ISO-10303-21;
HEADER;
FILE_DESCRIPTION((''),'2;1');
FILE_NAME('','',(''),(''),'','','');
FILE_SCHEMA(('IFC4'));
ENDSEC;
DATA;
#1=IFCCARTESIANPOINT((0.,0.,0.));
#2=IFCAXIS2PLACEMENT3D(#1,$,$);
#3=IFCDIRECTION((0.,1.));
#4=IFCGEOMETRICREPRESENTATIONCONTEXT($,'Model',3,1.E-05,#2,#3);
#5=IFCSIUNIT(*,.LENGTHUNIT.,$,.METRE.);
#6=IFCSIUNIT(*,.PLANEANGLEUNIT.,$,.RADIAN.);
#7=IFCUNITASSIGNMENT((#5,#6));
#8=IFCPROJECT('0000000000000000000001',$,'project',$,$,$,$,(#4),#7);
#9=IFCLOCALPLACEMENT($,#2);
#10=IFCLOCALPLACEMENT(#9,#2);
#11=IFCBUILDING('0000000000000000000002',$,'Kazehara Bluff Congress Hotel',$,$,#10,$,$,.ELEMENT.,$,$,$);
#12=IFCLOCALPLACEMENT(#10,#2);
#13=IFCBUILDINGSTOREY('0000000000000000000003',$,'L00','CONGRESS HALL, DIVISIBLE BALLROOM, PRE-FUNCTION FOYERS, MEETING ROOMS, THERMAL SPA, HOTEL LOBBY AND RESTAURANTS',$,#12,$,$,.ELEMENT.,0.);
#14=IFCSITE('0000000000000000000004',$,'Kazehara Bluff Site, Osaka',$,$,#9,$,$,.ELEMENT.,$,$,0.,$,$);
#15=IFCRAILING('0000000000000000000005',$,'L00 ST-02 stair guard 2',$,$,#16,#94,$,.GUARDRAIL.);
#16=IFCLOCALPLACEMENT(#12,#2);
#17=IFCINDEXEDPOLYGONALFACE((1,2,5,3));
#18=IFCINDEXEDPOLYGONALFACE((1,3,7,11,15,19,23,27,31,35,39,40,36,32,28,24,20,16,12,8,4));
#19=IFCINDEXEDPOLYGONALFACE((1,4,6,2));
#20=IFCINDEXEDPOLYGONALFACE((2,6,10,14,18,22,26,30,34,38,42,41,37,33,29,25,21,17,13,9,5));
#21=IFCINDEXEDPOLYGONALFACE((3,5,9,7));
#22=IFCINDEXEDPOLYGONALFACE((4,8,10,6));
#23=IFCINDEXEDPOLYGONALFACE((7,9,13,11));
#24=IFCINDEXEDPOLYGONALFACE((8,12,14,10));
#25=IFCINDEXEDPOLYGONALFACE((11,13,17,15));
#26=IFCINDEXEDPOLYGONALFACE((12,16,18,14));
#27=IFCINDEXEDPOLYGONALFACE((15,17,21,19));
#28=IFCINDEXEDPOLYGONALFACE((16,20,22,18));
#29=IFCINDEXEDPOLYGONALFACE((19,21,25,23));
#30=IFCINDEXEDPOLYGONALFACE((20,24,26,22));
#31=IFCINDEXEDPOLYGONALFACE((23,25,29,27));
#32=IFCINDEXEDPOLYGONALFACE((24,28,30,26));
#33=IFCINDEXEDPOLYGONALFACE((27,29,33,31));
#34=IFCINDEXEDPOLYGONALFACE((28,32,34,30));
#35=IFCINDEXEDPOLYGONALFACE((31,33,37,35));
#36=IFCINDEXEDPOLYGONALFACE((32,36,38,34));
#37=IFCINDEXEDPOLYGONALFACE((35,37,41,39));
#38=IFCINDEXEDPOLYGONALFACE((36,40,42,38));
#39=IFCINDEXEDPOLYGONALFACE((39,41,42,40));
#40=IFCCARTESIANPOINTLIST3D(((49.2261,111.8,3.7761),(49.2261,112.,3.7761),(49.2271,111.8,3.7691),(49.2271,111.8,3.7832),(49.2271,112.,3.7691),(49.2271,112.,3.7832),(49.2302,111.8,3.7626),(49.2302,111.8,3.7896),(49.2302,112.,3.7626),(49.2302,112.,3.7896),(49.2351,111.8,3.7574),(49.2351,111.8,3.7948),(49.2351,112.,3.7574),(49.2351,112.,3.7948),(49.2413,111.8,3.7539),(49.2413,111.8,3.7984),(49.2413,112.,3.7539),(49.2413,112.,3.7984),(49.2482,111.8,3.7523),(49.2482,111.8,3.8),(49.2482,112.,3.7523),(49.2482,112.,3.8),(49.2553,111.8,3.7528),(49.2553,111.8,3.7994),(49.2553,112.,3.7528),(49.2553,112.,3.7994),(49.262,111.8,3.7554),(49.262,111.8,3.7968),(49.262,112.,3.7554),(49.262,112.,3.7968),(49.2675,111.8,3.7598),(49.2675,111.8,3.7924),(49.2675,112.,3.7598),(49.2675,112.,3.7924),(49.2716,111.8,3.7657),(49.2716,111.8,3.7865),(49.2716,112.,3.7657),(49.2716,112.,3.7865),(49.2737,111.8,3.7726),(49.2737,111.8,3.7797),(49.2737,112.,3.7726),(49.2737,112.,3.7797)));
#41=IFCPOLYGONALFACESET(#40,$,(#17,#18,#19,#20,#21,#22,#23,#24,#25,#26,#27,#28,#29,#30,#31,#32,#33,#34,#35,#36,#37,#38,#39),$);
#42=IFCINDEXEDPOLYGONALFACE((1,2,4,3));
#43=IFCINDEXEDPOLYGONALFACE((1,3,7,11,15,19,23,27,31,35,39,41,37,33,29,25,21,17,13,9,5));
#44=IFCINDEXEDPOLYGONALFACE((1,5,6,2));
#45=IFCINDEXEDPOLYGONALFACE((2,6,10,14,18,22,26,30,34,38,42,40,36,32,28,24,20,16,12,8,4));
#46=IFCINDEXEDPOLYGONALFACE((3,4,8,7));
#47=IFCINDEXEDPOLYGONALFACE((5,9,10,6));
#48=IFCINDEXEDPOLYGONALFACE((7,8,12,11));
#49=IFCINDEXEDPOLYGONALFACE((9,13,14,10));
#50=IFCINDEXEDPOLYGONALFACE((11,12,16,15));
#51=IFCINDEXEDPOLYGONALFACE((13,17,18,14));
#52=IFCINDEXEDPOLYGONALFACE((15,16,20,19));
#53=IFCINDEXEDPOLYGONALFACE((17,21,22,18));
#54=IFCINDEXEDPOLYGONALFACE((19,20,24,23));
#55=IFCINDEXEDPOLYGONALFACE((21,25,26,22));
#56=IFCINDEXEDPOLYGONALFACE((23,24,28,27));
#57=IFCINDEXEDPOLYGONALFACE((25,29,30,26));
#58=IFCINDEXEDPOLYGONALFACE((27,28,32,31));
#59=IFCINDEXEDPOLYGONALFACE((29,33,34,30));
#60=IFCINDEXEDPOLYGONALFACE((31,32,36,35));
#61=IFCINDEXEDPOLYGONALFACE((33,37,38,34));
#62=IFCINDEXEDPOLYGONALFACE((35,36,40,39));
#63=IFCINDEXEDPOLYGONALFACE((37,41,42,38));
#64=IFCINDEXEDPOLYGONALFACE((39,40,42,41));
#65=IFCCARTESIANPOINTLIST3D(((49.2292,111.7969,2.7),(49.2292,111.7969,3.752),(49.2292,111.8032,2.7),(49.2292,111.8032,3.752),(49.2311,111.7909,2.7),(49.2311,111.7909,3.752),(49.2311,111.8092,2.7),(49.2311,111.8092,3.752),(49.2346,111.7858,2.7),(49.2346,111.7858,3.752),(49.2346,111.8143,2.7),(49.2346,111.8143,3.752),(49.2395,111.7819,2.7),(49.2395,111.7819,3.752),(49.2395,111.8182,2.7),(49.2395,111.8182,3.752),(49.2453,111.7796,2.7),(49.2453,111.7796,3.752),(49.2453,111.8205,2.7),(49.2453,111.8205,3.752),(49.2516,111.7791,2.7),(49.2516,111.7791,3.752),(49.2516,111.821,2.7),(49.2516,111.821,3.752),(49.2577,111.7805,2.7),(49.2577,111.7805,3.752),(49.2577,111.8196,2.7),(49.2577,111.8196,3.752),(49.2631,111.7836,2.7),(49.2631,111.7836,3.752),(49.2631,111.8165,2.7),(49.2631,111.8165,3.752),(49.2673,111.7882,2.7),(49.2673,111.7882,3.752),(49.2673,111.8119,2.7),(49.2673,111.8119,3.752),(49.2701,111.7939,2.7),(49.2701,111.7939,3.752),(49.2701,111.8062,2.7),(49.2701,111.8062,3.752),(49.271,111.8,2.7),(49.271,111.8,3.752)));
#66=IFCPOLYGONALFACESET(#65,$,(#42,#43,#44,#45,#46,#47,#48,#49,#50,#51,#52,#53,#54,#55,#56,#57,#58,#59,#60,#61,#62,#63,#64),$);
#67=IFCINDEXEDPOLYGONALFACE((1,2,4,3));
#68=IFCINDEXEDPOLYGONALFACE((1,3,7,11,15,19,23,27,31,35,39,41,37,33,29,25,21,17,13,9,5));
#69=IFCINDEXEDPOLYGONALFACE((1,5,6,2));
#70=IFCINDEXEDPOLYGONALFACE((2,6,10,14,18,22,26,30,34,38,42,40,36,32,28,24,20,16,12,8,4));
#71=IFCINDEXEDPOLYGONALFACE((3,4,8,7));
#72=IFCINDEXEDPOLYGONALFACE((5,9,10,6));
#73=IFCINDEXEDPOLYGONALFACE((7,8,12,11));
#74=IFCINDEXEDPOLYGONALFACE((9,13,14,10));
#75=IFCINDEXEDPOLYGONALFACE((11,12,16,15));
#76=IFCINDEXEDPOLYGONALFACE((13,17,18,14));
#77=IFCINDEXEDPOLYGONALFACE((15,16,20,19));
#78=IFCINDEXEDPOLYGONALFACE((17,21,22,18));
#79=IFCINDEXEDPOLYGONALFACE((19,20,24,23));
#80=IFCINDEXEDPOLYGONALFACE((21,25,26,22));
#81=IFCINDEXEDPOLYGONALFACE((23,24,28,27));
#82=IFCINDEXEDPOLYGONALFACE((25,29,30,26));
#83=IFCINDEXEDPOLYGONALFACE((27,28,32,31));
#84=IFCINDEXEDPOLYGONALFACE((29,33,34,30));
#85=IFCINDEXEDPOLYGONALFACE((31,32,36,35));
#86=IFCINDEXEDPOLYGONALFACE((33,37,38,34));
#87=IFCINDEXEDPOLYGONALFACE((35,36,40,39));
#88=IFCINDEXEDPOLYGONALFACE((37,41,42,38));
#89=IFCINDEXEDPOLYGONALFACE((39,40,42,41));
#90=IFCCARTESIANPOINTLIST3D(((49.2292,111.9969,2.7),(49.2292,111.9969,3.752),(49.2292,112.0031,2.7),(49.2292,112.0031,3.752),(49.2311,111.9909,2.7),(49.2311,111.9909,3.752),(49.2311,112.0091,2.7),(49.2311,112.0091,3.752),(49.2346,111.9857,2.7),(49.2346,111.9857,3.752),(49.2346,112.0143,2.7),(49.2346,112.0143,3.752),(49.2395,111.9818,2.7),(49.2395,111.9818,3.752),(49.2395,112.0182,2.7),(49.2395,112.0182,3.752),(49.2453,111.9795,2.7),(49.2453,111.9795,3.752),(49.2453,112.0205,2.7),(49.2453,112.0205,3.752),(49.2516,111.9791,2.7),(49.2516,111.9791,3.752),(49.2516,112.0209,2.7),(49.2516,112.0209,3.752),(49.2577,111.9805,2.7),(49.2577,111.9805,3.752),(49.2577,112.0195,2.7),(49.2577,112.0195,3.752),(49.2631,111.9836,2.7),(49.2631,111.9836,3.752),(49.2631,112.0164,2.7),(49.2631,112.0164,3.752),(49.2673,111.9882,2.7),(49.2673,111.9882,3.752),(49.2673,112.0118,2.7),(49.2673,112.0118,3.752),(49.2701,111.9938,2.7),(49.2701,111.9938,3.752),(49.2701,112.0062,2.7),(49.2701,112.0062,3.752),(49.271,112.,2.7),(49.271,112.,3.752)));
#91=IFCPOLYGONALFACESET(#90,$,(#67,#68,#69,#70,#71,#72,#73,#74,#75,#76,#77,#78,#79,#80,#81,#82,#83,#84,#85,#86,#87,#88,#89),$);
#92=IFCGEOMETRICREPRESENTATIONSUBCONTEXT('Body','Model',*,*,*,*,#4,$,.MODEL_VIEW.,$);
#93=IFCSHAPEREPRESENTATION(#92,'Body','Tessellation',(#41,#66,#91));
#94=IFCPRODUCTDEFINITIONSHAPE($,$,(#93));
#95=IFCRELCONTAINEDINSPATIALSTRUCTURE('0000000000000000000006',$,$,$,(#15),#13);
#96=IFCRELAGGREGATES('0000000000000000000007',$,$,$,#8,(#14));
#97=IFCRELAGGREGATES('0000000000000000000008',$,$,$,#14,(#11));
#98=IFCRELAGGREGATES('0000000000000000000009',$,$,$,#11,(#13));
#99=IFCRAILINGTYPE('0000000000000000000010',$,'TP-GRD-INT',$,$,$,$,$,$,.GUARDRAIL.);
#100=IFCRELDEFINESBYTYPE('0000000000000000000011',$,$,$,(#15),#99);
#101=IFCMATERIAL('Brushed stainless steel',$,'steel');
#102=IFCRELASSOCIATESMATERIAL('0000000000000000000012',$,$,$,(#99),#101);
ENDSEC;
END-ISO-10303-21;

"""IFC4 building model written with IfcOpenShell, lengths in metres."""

from ifc_helpers import new_model, si_unit, direction, frame, origin, origin_2d, place, context, subcontext, project, spatial, circle, extrude, material, type_object, element, save


model = new_model("IFC4")

# Units and contexts
model_context = context("Model", 3, precision=1e-05, world=origin(), true_north=direction((0.0, 1.0)))
body_context = subcontext(model_context, "Body", "Model", "MODEL_VIEW")
ifc_project = project(units=[si_unit("LENGTHUNIT", "METRE"), si_unit("PLANEANGLEUNIT", "RADIAN")], contexts=[model_context])

# Site, building, storey
site_placement = place(None, origin())
site = spatial("IfcSite", under=ifc_project, at=site_placement, Name="Kazehara Bluff Site, Osaka", CompositionType="ELEMENT", RefElevation=0.0)
building_placement = place(site_placement, origin())
building = spatial("IfcBuilding", under=site, at=building_placement, Name="Kazehara Bluff Congress Hotel", CompositionType="ELEMENT")
storey_placement = place(building_placement, origin())
storey = spatial("IfcBuildingStorey", under=building, at=storey_placement, Name="L00", Description="CONGRESS HALL, DIVISIBLE BALLROOM, PRE-FUNCTION FOYERS, MEETING ROOMS, THERMAL SPA, HOTEL LOBBY AND RESTAURANTS", CompositionType="ELEMENT", Elevation=0.0)

# Railing
ifc_material_1 = material(Name="Brushed stainless steel", Category="steel")
railing_type = type_object("IfcRailingType", Name="TP-GRD-INT", PredefinedType="GUARDRAIL", material=ifc_material_1)
railing_1_placement = place(storey_placement, frame((49.25, 111.8, 2.7)))
element("IfcRailing", 1, at=railing_1_placement, inside=storey, type_object=railing_type, Name="L00 ST-02 stair guard 2", PredefinedType="GUARDRAIL", context=body_context, shape_type="SweptSolid", body=[
    extrude(circle(Radius=0.0239, at=origin_2d()), frame((0.0, 0.0, 1.0762), z_axis=(0.0, 1.0, 0.0), x_axis=(-1.0, 0.0, 0.0)), (0.0, 0.0, 1.0), 0.2),
    extrude(circle(Radius=0.021, at=origin_2d()), origin(), (0.0, 0.0, 1.0), 1.052),
    extrude(circle(Radius=0.021, at=origin_2d()), frame((0.0, 0.2, 0.0)), (0.0, 0.0, 1.0), 1.052),
])

save(model, "model.ifc")
